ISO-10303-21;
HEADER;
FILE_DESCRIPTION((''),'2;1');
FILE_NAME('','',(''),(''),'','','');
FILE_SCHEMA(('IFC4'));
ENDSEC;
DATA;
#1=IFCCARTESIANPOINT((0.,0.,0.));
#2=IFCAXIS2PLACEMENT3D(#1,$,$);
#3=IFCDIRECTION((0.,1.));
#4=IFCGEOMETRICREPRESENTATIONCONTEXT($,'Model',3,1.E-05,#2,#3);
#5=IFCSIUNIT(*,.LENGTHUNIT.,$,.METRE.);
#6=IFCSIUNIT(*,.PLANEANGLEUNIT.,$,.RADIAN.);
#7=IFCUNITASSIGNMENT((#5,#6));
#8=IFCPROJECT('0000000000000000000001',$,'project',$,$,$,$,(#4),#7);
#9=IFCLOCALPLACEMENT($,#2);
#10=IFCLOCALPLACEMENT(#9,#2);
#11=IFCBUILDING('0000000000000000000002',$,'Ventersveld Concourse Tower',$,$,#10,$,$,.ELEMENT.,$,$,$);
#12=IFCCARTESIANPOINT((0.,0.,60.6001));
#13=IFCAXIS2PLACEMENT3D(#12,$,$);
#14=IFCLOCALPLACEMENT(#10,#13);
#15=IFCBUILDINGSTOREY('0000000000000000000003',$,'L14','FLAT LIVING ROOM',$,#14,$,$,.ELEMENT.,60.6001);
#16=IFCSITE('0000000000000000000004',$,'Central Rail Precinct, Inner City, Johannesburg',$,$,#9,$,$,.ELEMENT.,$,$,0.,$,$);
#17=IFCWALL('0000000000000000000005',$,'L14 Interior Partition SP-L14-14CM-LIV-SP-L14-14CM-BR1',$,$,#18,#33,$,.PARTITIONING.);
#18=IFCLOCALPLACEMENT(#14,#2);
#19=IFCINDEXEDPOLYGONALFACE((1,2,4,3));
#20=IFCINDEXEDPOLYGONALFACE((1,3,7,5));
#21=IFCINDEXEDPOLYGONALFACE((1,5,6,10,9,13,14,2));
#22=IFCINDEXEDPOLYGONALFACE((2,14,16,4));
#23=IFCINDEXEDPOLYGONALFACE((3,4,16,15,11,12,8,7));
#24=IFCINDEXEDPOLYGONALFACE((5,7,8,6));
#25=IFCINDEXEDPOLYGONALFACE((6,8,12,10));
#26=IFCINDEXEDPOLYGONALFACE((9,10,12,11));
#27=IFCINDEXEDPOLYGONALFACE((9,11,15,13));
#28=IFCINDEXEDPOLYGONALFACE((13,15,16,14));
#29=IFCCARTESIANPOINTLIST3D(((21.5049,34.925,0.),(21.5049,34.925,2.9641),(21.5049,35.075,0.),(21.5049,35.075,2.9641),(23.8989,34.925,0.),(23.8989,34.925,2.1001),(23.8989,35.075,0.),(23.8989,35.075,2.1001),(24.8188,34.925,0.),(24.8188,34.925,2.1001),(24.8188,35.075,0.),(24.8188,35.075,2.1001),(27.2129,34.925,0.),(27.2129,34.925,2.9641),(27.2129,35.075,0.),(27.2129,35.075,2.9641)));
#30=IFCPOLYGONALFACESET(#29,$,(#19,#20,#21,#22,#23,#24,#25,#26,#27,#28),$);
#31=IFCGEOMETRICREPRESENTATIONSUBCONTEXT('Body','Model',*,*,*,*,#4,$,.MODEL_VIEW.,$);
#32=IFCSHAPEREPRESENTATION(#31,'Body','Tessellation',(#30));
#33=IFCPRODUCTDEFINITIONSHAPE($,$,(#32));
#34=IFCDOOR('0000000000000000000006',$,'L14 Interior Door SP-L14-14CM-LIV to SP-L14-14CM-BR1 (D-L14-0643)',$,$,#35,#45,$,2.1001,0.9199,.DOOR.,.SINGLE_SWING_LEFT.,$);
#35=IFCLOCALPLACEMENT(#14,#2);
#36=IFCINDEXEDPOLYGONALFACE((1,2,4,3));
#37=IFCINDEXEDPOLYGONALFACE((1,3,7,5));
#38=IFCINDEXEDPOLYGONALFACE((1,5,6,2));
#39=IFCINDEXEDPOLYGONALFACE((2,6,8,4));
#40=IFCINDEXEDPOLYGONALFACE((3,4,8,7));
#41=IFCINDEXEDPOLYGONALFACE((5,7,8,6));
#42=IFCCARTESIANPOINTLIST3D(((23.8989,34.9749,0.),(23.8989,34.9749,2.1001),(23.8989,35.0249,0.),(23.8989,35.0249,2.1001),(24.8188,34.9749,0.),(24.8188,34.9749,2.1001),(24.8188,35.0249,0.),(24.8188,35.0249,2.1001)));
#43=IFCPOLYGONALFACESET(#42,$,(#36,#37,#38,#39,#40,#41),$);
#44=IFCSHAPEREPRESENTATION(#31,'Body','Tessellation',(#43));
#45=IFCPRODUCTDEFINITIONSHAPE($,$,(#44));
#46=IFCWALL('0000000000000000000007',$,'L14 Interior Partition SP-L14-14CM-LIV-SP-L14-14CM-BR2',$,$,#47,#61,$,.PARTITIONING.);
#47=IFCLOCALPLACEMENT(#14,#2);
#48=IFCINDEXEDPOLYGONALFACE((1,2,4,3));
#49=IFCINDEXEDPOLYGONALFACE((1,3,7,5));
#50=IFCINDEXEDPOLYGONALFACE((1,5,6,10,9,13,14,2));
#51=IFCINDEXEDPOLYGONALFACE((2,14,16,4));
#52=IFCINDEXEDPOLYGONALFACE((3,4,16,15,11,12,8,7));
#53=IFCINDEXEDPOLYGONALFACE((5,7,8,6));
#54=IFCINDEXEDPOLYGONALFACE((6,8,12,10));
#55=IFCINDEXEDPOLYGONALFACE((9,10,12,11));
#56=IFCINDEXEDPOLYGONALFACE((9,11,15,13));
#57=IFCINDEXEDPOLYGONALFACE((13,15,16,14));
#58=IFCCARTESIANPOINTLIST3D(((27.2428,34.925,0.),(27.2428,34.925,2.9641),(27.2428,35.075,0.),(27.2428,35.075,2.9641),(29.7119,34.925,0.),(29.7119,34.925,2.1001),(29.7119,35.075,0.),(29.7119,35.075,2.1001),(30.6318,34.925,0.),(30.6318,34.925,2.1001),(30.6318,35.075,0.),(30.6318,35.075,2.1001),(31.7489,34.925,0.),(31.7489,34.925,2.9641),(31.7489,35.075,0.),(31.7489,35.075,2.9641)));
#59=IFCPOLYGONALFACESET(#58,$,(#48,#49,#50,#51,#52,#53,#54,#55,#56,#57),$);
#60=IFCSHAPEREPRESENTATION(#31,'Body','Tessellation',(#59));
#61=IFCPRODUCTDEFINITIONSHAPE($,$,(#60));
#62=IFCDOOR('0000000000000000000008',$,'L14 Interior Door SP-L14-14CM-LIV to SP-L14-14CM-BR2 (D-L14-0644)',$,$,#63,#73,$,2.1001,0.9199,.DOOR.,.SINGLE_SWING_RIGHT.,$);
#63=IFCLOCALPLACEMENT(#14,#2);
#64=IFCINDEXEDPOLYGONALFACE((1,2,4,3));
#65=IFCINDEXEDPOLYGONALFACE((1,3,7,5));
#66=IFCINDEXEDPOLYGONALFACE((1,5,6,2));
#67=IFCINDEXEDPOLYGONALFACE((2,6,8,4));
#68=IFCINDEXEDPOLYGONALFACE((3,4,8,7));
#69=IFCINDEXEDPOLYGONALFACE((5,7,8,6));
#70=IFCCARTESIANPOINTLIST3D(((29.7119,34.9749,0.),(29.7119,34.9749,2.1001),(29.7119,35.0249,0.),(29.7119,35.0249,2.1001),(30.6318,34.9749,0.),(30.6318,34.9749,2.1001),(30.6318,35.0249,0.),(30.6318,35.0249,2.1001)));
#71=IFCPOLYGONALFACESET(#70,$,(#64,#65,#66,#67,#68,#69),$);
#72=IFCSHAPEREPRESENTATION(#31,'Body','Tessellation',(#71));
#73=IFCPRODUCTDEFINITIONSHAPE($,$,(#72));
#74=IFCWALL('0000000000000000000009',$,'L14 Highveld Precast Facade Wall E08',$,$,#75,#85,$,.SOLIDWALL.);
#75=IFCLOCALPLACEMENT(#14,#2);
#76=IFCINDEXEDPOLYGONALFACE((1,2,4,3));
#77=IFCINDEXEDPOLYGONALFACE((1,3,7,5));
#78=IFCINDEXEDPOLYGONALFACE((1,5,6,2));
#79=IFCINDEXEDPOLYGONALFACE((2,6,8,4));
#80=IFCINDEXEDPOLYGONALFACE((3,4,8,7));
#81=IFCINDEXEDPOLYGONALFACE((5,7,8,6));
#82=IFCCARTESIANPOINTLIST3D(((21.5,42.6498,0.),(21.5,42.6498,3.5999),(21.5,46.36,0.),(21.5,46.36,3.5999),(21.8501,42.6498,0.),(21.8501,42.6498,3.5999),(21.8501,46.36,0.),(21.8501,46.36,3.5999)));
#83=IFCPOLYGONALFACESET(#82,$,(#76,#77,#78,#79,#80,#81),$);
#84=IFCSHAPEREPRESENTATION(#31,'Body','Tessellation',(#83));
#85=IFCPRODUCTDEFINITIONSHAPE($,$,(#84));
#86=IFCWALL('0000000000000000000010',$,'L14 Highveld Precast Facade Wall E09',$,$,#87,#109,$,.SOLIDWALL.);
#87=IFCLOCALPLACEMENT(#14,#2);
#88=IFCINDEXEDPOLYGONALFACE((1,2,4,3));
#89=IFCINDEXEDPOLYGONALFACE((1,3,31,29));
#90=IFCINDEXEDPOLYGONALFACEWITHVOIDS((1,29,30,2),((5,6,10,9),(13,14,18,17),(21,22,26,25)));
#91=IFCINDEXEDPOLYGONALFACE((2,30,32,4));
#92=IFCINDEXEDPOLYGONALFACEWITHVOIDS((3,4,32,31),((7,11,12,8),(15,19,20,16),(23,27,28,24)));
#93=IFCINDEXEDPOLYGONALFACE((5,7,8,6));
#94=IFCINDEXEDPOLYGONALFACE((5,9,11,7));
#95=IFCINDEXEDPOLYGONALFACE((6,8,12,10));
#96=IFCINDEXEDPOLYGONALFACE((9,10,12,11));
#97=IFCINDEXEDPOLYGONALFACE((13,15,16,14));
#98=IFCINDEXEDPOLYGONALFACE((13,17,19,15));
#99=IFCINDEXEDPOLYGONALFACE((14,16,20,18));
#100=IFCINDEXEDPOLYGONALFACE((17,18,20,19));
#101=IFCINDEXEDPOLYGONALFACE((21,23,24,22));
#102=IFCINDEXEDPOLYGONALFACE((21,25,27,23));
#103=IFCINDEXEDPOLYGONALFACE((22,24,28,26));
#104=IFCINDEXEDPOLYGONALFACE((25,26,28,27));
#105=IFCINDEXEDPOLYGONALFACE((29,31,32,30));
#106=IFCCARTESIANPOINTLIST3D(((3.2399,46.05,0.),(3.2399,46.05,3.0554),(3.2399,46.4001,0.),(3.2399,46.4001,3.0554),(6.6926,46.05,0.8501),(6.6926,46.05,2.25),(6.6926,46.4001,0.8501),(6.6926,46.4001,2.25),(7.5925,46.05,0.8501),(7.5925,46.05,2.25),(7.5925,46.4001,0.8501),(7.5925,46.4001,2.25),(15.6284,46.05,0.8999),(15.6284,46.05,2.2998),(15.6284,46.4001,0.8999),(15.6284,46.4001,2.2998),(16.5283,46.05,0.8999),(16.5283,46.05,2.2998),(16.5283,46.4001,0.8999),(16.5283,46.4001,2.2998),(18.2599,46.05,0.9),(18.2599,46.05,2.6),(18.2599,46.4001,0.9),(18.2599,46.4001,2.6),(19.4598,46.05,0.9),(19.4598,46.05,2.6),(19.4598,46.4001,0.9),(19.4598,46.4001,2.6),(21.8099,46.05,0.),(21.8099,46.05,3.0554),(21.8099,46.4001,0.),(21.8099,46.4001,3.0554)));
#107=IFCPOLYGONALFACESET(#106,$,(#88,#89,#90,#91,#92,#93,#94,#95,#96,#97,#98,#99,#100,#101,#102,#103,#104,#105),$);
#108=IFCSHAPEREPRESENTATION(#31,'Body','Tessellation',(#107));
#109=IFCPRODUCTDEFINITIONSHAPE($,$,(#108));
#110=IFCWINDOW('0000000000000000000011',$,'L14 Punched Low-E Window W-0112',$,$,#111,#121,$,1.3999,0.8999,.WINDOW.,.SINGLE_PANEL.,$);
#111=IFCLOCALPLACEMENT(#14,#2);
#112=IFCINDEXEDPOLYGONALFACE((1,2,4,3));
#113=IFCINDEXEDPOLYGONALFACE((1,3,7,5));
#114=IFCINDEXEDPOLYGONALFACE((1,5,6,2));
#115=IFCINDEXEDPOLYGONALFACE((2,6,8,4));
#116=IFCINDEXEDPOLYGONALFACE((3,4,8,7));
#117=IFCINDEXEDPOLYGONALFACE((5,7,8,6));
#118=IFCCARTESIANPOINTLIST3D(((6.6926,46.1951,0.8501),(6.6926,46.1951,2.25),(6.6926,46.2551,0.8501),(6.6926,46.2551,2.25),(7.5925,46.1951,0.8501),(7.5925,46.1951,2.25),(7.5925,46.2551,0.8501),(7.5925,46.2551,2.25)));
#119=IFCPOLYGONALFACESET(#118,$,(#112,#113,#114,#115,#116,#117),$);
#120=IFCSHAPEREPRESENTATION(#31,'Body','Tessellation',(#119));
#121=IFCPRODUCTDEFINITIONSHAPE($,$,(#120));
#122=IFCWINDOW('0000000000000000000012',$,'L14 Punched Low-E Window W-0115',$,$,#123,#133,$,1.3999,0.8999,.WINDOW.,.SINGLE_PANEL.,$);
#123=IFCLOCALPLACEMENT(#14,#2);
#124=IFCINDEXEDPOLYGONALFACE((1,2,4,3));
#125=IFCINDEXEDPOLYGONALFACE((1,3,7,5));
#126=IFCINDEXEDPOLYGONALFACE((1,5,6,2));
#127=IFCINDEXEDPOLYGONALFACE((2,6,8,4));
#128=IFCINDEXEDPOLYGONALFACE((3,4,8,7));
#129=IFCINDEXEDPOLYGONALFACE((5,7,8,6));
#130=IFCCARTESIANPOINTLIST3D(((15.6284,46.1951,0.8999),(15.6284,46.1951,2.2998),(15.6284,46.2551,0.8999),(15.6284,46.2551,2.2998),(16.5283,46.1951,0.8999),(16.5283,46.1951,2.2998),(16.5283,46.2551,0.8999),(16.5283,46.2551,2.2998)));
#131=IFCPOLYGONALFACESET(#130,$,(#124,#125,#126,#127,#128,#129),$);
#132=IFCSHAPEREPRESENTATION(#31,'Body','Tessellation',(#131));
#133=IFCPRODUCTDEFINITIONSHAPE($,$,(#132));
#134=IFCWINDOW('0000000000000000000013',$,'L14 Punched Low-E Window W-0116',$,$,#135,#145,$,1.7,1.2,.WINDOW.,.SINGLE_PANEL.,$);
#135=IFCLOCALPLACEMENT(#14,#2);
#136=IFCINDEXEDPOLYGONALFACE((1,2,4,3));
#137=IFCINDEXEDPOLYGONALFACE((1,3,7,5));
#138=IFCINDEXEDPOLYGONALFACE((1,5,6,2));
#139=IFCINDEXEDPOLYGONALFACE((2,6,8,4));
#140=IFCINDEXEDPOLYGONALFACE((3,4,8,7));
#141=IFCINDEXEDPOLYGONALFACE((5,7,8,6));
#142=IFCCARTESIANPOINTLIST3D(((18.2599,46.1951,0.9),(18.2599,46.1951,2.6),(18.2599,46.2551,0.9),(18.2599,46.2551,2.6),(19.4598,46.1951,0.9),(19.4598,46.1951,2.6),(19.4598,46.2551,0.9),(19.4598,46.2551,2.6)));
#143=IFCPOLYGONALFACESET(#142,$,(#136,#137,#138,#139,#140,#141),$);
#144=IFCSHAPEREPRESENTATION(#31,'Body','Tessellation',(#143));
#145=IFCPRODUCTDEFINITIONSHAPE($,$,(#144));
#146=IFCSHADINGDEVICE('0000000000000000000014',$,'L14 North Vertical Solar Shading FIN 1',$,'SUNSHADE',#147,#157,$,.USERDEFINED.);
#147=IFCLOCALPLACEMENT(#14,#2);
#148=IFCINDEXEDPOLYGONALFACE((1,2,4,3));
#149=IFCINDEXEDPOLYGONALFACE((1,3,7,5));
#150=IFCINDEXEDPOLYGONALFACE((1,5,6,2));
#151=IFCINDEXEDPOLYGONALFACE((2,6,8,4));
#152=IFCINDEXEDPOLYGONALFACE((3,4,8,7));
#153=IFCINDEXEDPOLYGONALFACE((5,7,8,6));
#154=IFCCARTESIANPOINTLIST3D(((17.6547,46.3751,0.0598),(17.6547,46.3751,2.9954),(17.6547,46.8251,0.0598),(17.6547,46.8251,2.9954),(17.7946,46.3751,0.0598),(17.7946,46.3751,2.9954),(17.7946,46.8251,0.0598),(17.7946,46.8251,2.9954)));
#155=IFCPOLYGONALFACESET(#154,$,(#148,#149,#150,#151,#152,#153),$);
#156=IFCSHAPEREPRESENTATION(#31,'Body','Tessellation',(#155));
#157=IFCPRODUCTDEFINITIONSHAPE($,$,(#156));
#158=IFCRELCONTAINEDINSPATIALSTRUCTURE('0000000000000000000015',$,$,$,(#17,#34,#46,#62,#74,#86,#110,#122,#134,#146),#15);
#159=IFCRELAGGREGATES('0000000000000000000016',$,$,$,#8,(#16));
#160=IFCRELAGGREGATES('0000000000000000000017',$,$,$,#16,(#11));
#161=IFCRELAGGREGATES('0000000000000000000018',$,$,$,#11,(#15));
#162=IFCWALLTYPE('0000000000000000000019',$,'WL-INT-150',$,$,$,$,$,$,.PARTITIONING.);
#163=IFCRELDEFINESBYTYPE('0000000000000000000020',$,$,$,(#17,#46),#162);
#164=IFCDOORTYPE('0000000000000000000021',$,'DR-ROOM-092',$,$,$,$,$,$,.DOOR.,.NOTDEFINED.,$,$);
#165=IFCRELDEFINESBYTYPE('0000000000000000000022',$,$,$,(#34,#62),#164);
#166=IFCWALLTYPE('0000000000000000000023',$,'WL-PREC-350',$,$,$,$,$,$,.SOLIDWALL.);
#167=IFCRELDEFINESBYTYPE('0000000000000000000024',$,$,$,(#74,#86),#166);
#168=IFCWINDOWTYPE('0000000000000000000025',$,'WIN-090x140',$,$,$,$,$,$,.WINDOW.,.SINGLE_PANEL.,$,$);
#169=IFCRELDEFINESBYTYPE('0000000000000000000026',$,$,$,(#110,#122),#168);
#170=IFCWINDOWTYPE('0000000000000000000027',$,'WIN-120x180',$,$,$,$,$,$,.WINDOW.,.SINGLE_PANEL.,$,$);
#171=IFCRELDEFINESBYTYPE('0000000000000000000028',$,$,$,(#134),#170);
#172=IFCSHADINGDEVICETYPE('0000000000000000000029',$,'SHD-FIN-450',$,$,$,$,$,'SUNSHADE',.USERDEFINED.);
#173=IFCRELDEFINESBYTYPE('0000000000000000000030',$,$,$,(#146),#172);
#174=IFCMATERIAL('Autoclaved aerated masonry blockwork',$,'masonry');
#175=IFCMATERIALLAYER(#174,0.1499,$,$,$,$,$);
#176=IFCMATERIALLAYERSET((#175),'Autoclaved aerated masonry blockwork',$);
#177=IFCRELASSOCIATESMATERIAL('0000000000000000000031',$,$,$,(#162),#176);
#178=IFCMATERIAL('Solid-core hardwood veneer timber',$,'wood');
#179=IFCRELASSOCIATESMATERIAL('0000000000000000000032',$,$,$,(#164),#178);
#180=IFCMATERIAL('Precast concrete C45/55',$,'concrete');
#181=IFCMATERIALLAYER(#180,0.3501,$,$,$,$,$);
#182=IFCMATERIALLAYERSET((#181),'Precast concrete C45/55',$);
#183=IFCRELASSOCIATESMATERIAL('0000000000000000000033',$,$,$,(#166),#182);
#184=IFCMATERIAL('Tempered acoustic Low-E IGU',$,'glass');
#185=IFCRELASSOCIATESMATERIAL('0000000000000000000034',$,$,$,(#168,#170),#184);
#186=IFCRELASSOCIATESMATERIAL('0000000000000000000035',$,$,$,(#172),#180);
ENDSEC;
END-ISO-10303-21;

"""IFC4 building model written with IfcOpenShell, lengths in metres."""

from ifc_helpers import new_model, si_unit, direction, frame, frame_2d, origin, origin_2d, place, context, subcontext, project, spatial, rectangle, extrude, material, layer, layer_set, type_object, element, fill, save


model = new_model("IFC4")

# Units and contexts
model_context = context("Model", 3, precision=1e-05, world=origin(), true_north=direction((0.0, 1.0)))
body_context = subcontext(model_context, "Body", "Model", "MODEL_VIEW")
ifc_project = project(units=[si_unit("LENGTHUNIT", "METRE"), si_unit("PLANEANGLEUNIT", "RADIAN")], contexts=[model_context])

# Site, building, storey
site_placement = place(None, origin())
site = spatial("IfcSite", under=ifc_project, at=site_placement, Name="Central Rail Precinct, Inner City, Johannesburg", CompositionType="ELEMENT", RefElevation=0.0)
building_placement = place(site_placement, origin())
building = spatial("IfcBuilding", under=site, at=building_placement, Name="Ventersveld Concourse Tower", CompositionType="ELEMENT")
storey_placement = place(building_placement, frame((0.0, 0.0, 60.6001)))
storey = spatial("IfcBuildingStorey", under=building, at=storey_placement, Name="L14", Description="FLAT LIVING ROOM", CompositionType="ELEMENT", Elevation=60.6001)

# Shared definitions
ifc_material_1 = material(Name="Autoclaved aerated masonry blockwork", Category="masonry")
ifc_layer_1 = layer(ifc_material_1, 0.1499)
ifc_layer_set_1 = layer_set([ifc_layer_1], Name="Autoclaved aerated masonry blockwork")
wall_type_1 = type_object("IfcWallType", Name="WL-INT-150", PredefinedType="PARTITIONING", material=ifc_layer_set_1)

# Shared definitions
ifc_material_2 = material(Name="Solid-core hardwood veneer timber", Category="wood")
door_type = type_object("IfcDoorType", Name="DR-ROOM-092", OperationType="NOTDEFINED", PredefinedType="DOOR", material=ifc_material_2)

# Walls, openings, doors
wall_1_placement = place(storey_placement, frame((21.5049, 35.0, 0.0), z_axis=(0.0, 0.0, 1.0), x_axis=(1.0, 0.0, 0.0)))
wall_1 = element("IfcWall", 1, at=wall_1_placement, inside=storey, type_object=wall_type_1, Name="L14 Interior Partition SP-L14-14CM-LIV-SP-L14-14CM-BR1", PredefinedType="PARTITIONING", context=body_context, shape_type="SweptSolid", body=[
    extrude(rectangle(XDim=5.708, YDim=0.1499, at=frame_2d((2.854, 0.0))), origin(), (0.0, 0.0, 1.0), 2.9641),
])
opening_1_placement = place(wall_1_placement, frame((2.394, 0.0, 0.0)))
opening_1 = element("IfcOpeningElement", 2, at=opening_1_placement, cuts=wall_1, PredefinedType="OPENING", context=body_context, shape_type="SweptSolid", body=[
    extrude(rectangle(XDim=0.9199, YDim=2.1001, at=frame_2d((0.46, 1.05))), frame((0.0, 0.085, 0.0), z_axis=(0.0, -1.0, 0.0), x_axis=(1.0, 0.0, 0.0)), (0.0, 0.0, 1.0), 0.1699),
])
door_1_placement = place(opening_1_placement, origin())
door_1 = element("IfcDoor", 3, at=door_1_placement, inside=storey, type_object=door_type, Name="L14 Interior Door SP-L14-14CM-LIV to SP-L14-14CM-BR1 (D-L14-0643)", OperationType="SINGLE_SWING_LEFT", OverallHeight=2.1001, OverallWidth=0.9199, PredefinedType="DOOR", context=body_context, shape_type="SweptSolid", body=[
    extrude(rectangle(XDim=0.9199, YDim=2.1001, at=frame_2d((0.46, 1.05))), frame((0.0, 0.0249, 0.0), z_axis=(0.0, -1.0, 0.0), x_axis=(1.0, 0.0, 0.0)), (0.0, 0.0, 1.0), 0.05),
])
fill(opening_1, door_1)
wall_2_placement = place(storey_placement, frame((27.2429, 35.0, 0.0), z_axis=(0.0, 0.0, 1.0), x_axis=(1.0, 0.0, 0.0)))
wall_2 = element("IfcWall", 4, at=wall_2_placement, inside=storey, type_object=wall_type_1, Name="L14 Interior Partition SP-L14-14CM-LIV-SP-L14-14CM-BR2", PredefinedType="PARTITIONING", context=body_context, shape_type="SweptSolid", body=[
    extrude(rectangle(XDim=4.5061, YDim=0.1499, at=frame_2d((2.2529, 0.0))), origin(), (0.0, 0.0, 1.0), 2.9641),
])
opening_2_placement = place(wall_2_placement, frame((2.469, 0.0, 0.0)))
opening_2 = element("IfcOpeningElement", 5, at=opening_2_placement, cuts=wall_2, PredefinedType="OPENING", context=body_context, shape_type="SweptSolid", body=[
    extrude(rectangle(XDim=0.9199, YDim=2.1001, at=frame_2d((0.46, 1.05))), frame((0.0, 0.085, 0.0), z_axis=(0.0, -1.0, 0.0), x_axis=(1.0, 0.0, 0.0)), (0.0, 0.0, 1.0), 0.1699),
])
door_2_placement = place(opening_2_placement, origin())
door_2 = element("IfcDoor", 6, at=door_2_placement, inside=storey, type_object=door_type, Name="L14 Interior Door SP-L14-14CM-LIV to SP-L14-14CM-BR2 (D-L14-0644)", OperationType="SINGLE_SWING_RIGHT", OverallHeight=2.1001, OverallWidth=0.9199, PredefinedType="DOOR", context=body_context, shape_type="SweptSolid", body=[
    extrude(rectangle(XDim=0.9199, YDim=2.1001, at=frame_2d((0.46, 1.05))), frame((0.0, 0.0249, 0.0), z_axis=(0.0, -1.0, 0.0), x_axis=(1.0, 0.0, 0.0)), (0.0, 0.0, 1.0), 0.05),
])
fill(opening_2, door_2)

# Wall
ifc_material_3 = material(Name="Precast concrete C45/55", Category="concrete")
ifc_layer_2 = layer(ifc_material_3, 0.3501)
ifc_layer_set_2 = layer_set([ifc_layer_2], Name="Precast concrete C45/55")
wall_type_2 = type_object("IfcWallType", Name="WL-PREC-350", PredefinedType="SOLIDWALL", material=ifc_layer_set_2)
wall_3_placement = place(storey_placement, frame((21.675, 42.6499, 0.0), z_axis=(0.0, 0.0, 1.0), x_axis=(0.0, 1.0, 0.0)))
element("IfcWall", 7, at=wall_3_placement, inside=storey, type_object=wall_type_2, Name="L14 Highveld Precast Facade Wall E08", PredefinedType="SOLIDWALL", context=body_context, shape_type="SweptSolid", body=[
    extrude(rectangle(XDim=3.7102, YDim=0.3501, at=frame_2d((1.855, 0.0))), origin(), (0.0, 0.0, 1.0), 3.5999),
])

# Wall, openings, windows
wall_4_placement = place(storey_placement, frame((21.8101, 46.2251, 0.0), z_axis=(0.0, 0.0, 1.0), x_axis=(-1.0, 0.0, 0.0)))
wall_4 = element("IfcWall", 8, at=wall_4_placement, inside=storey, type_object=wall_type_2, Name="L14 Highveld Precast Facade Wall E09", PredefinedType="SOLIDWALL", context=body_context, shape_type="SweptSolid", body=[
    extrude(rectangle(XDim=18.5701, YDim=0.3501, at=frame_2d((9.2852, 0.0))), origin(), (0.0, 0.0, 1.0), 3.0554),
])
opening_3_placement = place(wall_4_placement, frame((14.2175, 0.0, 0.8501)))
opening_3 = element("IfcOpeningElement", 9, at=opening_3_placement, cuts=wall_4, PredefinedType="OPENING", context=body_context, shape_type="SweptSolid", body=[
    extrude(rectangle(XDim=0.8999, YDim=1.3999, at=frame_2d((0.45, 0.7))), frame((0.0, 0.1851, 0.0), z_axis=(0.0, -1.0, 0.0), x_axis=(1.0, 0.0, 0.0)), (0.0, 0.0, 1.0), 0.3701),
])
opening_4_placement = place(wall_4_placement, frame((5.2817, 0.0, 0.8999)))
opening_4 = element("IfcOpeningElement", 10, at=opening_4_placement, cuts=wall_4, PredefinedType="OPENING", context=body_context, shape_type="SweptSolid", body=[
    extrude(rectangle(XDim=0.8999, YDim=1.3999, at=frame_2d((0.45, 0.7))), frame((0.0, 0.1851, 0.0), z_axis=(0.0, -1.0, 0.0), x_axis=(1.0, 0.0, 0.0)), (0.0, 0.0, 1.0), 0.3701),
])
opening_5_placement = place(wall_4_placement, frame((2.3501, 0.0, 0.8999)))
opening_5 = element("IfcOpeningElement", 11, at=opening_5_placement, cuts=wall_4, PredefinedType="OPENING", context=body_context, shape_type="SweptSolid", body=[
    extrude(rectangle(XDim=1.2, YDim=1.7, at=frame_2d((0.6001, 0.8501))), frame((0.0, 0.1851, 0.0), z_axis=(0.0, -1.0, 0.0), x_axis=(1.0, 0.0, 0.0)), (0.0, 0.0, 1.0), 0.3701),
])
ifc_material_4 = material(Name="Tempered acoustic Low-E IGU", Category="glass")
window_type_1 = type_object("IfcWindowType", Name="WIN-090x140", PartitioningType="SINGLE_PANEL", PredefinedType="WINDOW", material=ifc_material_4)
window_1_placement = place(opening_3_placement, origin())
window_1 = element("IfcWindow", 12, at=window_1_placement, inside=storey, type_object=window_type_1, Name="L14 Punched Low-E Window W-0112", OverallHeight=1.3999, OverallWidth=0.8999, PartitioningType="SINGLE_PANEL", PredefinedType="WINDOW", context=body_context, shape_type="SweptSolid", body=[
    extrude(rectangle(XDim=0.8999, YDim=1.3999, at=frame_2d((0.45, 0.7))), frame((0.0, 0.03, 0.0), z_axis=(0.0, -1.0, 0.0), x_axis=(1.0, 0.0, 0.0)), (0.0, 0.0, 1.0), 0.0601),
])
fill(opening_3, window_1)
window_2_placement = place(opening_4_placement, origin())
window_2 = element("IfcWindow", 13, at=window_2_placement, inside=storey, type_object=window_type_1, Name="L14 Punched Low-E Window W-0115", OverallHeight=1.3999, OverallWidth=0.8999, PartitioningType="SINGLE_PANEL", PredefinedType="WINDOW", context=body_context, shape_type="SweptSolid", body=[
    extrude(rectangle(XDim=0.8999, YDim=1.3999, at=frame_2d((0.45, 0.7))), frame((0.0, 0.03, 0.0), z_axis=(0.0, -1.0, 0.0), x_axis=(1.0, 0.0, 0.0)), (0.0, 0.0, 1.0), 0.0601),
])
fill(opening_4, window_2)
window_type_2 = type_object("IfcWindowType", Name="WIN-120x180", PartitioningType="SINGLE_PANEL", PredefinedType="WINDOW", material=ifc_material_4)
window_3_placement = place(opening_5_placement, origin())
window_3 = element("IfcWindow", 14, at=window_3_placement, inside=storey, type_object=window_type_2, Name="L14 Punched Low-E Window W-0116", OverallHeight=1.7, OverallWidth=1.2, PartitioningType="SINGLE_PANEL", PredefinedType="WINDOW", context=body_context, shape_type="SweptSolid", body=[
    extrude(rectangle(XDim=1.2, YDim=1.7, at=frame_2d((0.6001, 0.8501))), frame((0.0, 0.03, 0.0), z_axis=(0.0, -1.0, 0.0), x_axis=(1.0, 0.0, 0.0)), (0.0, 0.0, 1.0), 0.0601),
])
fill(opening_5, window_3)

# Shading device
shading_device_type = type_object("IfcShadingDeviceType", Name="SHD-FIN-450", ElementType="SUNSHADE", PredefinedType="USERDEFINED", material=ifc_material_3)
shading_device_placement = place(storey_placement, frame((17.7246, 46.6001, 0.0598), z_axis=(0.0, 0.0, 1.0), x_axis=(1.0, 0.0, 0.0)))
element("IfcShadingDevice", 15, at=shading_device_placement, inside=storey, type_object=shading_device_type, Name="L14 North Vertical Solar Shading FIN 1", ObjectType="SUNSHADE", PredefinedType="USERDEFINED", context=body_context, shape_type="SweptSolid", body=[
    extrude(rectangle(XDim=0.1399, YDim=0.45, at=origin_2d()), origin(), (0.0, 0.0, 1.0), 2.9355),
])

save(model, "model.ifc")
